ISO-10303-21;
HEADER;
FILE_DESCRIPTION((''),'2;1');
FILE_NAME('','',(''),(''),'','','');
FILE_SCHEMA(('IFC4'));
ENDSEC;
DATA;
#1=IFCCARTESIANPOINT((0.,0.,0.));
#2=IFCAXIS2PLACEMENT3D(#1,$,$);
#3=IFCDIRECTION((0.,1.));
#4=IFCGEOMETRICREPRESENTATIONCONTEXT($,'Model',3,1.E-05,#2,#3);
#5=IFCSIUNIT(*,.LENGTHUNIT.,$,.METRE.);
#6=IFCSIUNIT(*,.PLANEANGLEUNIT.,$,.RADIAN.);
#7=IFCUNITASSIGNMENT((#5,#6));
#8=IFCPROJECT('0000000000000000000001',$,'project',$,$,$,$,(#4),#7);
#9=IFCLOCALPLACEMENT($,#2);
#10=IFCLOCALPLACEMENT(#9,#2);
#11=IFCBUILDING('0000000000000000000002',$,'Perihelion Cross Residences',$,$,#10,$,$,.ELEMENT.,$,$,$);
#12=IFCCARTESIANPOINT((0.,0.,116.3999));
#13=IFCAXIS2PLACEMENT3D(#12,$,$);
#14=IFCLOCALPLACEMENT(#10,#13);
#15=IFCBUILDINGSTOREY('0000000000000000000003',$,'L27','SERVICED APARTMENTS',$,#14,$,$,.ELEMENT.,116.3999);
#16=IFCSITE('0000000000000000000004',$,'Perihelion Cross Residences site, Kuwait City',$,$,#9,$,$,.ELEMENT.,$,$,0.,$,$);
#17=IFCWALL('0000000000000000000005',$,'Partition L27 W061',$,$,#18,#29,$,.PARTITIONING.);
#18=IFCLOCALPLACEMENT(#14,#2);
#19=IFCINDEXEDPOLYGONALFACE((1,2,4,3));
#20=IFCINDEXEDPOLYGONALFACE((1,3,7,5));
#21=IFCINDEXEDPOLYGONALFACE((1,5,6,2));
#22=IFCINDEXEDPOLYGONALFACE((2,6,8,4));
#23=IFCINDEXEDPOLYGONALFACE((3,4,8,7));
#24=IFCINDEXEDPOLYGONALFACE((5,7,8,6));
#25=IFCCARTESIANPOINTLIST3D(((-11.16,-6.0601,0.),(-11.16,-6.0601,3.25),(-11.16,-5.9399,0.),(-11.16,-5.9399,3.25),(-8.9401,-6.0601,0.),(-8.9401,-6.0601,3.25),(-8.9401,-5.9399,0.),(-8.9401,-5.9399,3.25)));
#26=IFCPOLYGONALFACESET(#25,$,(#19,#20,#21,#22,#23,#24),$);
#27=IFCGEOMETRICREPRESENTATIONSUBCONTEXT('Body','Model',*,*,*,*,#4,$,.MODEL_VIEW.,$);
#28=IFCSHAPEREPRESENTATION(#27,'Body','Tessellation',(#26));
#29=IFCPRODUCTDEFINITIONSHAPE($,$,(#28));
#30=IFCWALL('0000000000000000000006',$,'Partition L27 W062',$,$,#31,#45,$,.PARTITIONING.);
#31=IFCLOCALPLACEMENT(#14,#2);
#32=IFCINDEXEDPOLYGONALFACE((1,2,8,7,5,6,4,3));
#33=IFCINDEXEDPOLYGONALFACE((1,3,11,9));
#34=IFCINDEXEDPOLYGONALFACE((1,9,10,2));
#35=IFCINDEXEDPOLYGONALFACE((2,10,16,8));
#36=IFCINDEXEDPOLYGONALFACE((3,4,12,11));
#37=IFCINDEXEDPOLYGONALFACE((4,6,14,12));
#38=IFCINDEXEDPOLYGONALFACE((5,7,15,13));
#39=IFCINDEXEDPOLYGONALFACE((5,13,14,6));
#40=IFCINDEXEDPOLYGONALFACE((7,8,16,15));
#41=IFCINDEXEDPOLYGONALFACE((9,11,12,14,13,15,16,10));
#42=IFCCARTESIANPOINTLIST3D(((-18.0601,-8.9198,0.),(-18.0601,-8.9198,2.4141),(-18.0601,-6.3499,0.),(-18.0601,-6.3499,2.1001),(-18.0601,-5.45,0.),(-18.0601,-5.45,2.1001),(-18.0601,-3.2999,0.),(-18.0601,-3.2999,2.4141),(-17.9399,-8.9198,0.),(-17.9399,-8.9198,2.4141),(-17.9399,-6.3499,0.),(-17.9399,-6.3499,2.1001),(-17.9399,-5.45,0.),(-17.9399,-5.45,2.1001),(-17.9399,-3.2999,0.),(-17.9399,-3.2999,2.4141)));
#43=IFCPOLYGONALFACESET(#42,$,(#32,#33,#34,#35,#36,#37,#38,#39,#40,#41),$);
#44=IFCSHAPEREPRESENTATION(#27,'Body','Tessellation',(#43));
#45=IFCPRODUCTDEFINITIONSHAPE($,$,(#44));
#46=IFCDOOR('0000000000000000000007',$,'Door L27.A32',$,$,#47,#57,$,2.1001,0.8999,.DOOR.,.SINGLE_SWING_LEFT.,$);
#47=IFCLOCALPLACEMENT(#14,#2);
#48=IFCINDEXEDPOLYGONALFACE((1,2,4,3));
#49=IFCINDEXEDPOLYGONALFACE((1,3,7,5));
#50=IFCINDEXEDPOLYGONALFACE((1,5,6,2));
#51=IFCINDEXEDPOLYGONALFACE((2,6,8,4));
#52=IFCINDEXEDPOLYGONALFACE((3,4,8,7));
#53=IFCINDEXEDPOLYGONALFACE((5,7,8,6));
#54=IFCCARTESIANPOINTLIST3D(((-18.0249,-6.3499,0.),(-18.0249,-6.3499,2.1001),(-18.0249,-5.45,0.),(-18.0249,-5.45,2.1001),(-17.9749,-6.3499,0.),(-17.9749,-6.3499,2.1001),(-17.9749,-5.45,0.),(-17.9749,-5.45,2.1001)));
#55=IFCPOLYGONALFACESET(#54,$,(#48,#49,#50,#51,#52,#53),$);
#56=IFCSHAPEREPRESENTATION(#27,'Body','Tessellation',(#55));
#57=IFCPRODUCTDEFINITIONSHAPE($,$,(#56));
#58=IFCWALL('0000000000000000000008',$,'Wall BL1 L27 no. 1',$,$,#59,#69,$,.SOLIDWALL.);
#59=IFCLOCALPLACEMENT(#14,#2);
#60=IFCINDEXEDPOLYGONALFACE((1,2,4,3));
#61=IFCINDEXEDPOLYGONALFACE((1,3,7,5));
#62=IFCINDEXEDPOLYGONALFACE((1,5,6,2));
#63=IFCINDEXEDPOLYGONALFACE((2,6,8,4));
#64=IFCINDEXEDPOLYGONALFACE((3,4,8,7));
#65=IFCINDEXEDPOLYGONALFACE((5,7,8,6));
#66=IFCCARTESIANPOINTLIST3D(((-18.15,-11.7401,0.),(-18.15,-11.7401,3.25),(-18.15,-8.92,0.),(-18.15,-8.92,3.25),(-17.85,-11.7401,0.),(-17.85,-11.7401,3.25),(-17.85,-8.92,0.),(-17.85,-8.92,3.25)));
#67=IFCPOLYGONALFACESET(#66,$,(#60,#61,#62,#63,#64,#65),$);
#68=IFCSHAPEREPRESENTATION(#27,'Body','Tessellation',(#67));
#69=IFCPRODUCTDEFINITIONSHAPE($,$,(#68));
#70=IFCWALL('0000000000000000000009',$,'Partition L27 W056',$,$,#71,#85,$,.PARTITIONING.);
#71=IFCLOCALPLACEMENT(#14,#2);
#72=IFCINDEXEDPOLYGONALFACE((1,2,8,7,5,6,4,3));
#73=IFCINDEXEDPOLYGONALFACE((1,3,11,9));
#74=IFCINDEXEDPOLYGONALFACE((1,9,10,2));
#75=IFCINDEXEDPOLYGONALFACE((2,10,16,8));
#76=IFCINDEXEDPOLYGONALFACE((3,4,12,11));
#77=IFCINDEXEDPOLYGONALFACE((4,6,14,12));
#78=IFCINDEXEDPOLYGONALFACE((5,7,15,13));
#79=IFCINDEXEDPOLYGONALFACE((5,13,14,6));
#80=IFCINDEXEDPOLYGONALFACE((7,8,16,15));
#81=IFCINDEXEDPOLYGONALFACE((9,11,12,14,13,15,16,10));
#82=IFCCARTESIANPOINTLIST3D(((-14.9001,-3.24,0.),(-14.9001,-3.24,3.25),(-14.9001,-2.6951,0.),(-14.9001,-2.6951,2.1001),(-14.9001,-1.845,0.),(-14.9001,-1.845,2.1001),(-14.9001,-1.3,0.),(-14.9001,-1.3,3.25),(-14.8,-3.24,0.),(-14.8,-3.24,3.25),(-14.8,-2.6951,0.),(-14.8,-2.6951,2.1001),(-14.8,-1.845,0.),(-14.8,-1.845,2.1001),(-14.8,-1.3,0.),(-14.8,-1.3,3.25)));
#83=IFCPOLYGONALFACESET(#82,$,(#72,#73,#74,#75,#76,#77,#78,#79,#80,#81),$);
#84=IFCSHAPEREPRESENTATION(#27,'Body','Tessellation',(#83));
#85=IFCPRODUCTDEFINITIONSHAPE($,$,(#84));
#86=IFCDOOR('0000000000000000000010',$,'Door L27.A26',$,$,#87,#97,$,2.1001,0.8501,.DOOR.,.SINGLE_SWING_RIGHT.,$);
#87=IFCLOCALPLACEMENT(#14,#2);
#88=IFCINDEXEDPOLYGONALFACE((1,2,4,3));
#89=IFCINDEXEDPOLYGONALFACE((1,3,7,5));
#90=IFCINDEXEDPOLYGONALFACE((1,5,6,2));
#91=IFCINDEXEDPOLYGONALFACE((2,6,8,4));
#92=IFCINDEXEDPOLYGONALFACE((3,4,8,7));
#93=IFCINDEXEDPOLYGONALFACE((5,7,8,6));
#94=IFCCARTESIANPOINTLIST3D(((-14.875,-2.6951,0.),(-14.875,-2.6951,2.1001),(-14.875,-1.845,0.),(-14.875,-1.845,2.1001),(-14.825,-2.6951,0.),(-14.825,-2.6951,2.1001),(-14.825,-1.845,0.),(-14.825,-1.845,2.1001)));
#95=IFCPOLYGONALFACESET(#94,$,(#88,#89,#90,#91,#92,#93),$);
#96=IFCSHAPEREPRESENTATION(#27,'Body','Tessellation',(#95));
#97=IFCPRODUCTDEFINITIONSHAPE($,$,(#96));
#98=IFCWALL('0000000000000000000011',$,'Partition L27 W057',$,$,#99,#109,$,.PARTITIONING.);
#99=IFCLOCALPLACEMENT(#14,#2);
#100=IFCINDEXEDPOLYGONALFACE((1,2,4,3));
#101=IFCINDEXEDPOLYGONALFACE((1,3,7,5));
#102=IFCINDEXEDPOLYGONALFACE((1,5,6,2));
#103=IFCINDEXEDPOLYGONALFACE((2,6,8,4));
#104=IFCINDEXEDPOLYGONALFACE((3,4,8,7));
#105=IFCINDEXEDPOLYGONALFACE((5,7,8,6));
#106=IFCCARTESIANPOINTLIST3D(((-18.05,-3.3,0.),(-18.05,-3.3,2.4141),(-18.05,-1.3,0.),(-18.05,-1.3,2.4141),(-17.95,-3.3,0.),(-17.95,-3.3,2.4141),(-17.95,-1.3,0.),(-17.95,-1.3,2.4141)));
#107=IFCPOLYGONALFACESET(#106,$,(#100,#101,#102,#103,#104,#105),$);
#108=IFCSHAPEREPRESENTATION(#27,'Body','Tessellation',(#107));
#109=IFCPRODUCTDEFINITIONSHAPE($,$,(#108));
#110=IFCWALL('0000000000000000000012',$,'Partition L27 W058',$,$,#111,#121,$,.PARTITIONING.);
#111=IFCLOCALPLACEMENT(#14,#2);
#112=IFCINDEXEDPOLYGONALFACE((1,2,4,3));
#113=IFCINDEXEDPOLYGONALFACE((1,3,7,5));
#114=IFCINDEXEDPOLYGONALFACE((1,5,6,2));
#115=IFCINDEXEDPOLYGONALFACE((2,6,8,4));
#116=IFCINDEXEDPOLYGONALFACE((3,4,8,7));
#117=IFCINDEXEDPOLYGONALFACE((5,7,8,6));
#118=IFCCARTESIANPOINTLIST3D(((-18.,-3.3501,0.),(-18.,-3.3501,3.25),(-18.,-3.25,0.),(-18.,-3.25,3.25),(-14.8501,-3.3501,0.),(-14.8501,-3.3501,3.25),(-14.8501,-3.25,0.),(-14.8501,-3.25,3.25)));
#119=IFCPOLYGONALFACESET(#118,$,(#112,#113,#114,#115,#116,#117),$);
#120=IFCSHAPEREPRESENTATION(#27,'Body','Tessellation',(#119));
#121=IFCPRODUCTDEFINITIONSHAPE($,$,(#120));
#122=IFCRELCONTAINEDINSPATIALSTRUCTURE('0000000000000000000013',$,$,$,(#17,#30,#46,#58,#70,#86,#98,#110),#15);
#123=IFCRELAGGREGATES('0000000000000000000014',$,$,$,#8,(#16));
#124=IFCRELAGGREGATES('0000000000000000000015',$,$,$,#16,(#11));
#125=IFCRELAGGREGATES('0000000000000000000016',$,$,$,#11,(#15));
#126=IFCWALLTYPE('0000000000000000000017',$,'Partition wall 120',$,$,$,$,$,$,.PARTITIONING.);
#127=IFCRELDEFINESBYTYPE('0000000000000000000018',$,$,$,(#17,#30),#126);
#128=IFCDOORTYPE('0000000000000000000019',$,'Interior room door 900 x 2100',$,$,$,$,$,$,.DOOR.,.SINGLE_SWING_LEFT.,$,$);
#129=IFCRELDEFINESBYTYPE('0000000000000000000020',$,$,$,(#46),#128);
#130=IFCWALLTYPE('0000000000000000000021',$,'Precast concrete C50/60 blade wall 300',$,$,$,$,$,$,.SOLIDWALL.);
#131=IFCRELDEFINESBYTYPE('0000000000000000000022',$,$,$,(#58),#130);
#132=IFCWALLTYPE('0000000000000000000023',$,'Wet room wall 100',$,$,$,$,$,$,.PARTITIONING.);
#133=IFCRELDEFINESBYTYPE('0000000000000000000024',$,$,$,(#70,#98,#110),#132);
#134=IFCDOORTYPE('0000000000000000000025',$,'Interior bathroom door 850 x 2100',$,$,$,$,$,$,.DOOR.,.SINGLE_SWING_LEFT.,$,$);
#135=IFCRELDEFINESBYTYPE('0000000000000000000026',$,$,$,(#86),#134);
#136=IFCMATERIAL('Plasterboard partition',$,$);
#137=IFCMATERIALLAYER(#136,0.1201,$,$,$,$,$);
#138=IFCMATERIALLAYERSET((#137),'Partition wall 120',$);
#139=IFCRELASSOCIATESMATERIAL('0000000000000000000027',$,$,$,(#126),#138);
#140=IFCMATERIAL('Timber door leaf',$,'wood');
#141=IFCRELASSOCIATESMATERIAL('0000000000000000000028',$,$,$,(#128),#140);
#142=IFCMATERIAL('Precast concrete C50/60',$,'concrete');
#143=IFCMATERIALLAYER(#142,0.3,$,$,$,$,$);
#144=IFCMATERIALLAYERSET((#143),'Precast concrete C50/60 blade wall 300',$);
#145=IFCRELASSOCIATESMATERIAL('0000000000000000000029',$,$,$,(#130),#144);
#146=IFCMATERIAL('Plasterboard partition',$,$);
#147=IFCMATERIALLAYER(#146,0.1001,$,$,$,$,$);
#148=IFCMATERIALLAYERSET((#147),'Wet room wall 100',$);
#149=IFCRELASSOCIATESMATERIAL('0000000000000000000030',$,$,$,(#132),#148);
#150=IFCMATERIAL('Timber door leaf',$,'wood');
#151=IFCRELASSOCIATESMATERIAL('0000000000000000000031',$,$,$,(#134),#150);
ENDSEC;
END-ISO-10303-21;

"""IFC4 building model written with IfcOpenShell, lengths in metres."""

from ifc_helpers import new_model, si_unit, direction, frame, frame_2d, origin, place, context, subcontext, project, spatial, rectangle, extrude, material, layer, layer_set, type_object, element, fill, save


model = new_model("IFC4")

# Units and contexts
model_context = context("Model", 3, precision=1e-05, world=origin(), true_north=direction((0.0, 1.0)))
body_context = subcontext(model_context, "Body", "Model", "MODEL_VIEW")
ifc_project = project(units=[si_unit("LENGTHUNIT", "METRE"), si_unit("PLANEANGLEUNIT", "RADIAN")], contexts=[model_context])

# Site, building, storey
site_placement = place(None, origin())
site = spatial("IfcSite", under=ifc_project, at=site_placement, Name="Perihelion Cross Residences site, Kuwait City", CompositionType="ELEMENT", RefElevation=0.0)
building_placement = place(site_placement, origin())
building = spatial("IfcBuilding", under=site, at=building_placement, Name="Perihelion Cross Residences", CompositionType="ELEMENT")
storey_placement = place(building_placement, frame((0.0, 0.0, 116.3999)))
storey = spatial("IfcBuildingStorey", under=building, at=storey_placement, Name="L27", Description="SERVICED APARTMENTS", CompositionType="ELEMENT", Elevation=116.3999)

# Shared definitions
ifc_material_1 = material(Name="Plasterboard partition")
ifc_layer_1 = layer(ifc_material_1, 0.1201)
ifc_layer_set_1 = layer_set([ifc_layer_1], Name="Partition wall 120")
wall_type_1 = type_object("IfcWallType", Name="Partition wall 120", PredefinedType="PARTITIONING", material=ifc_layer_set_1)
ifc_material_2 = material(Name="Timber door leaf", Category="wood")
door_type_1 = type_object("IfcDoorType", Name="Interior room door 900 x 2100", OperationType="SINGLE_SWING_LEFT", PredefinedType="DOOR", material=ifc_material_2)

# Wall
wall_1_placement = place(storey_placement, frame((-11.1599, -6.0, 0.0), z_axis=(0.0, 0.0, 1.0), x_axis=(1.0, 0.0, 0.0)))
element("IfcWall", 1, at=wall_1_placement, inside=storey, type_object=wall_type_1, Name="Partition L27 W061", PredefinedType="PARTITIONING", context=body_context, shape_type="SweptSolid", body=[
    extrude(rectangle(XDim=2.22, YDim=0.1201, at=frame_2d((1.1099, 0.0))), origin(), (0.0, 0.0, 1.0), 3.25),
])

# Wall, opening, door
wall_2_placement = place(storey_placement, frame((-18.0, -8.9199, 0.0), z_axis=(0.0, 0.0, 1.0), x_axis=(0.0, 1.0, 0.0)))
wall_2 = element("IfcWall", 2, at=wall_2_placement, inside=storey, type_object=wall_type_1, Name="Partition L27 W062", PredefinedType="PARTITIONING", context=body_context, shape_type="SweptSolid", body=[
    extrude(rectangle(XDim=5.6199, YDim=0.1201, at=frame_2d((2.8101, 0.0))), origin(), (0.0, 0.0, 1.0), 2.4141),
])
opening_1_placement = place(wall_2_placement, frame((2.5701, 0.0, 0.0)))
opening_1 = element("IfcOpeningElement", 3, at=opening_1_placement, cuts=wall_2, PredefinedType="OPENING", context=body_context, shape_type="SweptSolid", body=[
    extrude(rectangle(XDim=0.8999, YDim=2.1001, at=frame_2d((0.45, 1.05))), frame((0.0, 0.0701, 0.0), z_axis=(0.0, -1.0, 0.0), x_axis=(1.0, 0.0, 0.0)), (0.0, 0.0, 1.0), 0.1401),
])
door_1_placement = place(opening_1_placement, origin())
door_1 = element("IfcDoor", 4, at=door_1_placement, inside=storey, type_object=door_type_1, Name="Door L27.A32", OperationType="SINGLE_SWING_LEFT", OverallHeight=2.1001, OverallWidth=0.8999, PredefinedType="DOOR", context=body_context, shape_type="SweptSolid", body=[
    extrude(rectangle(XDim=0.8999, YDim=2.1001, at=frame_2d((0.45, 1.05))), frame((0.0, 0.0249, 0.0), z_axis=(0.0, -1.0, 0.0), x_axis=(1.0, 0.0, 0.0)), (0.0, 0.0, 1.0), 0.05),
])
fill(opening_1, door_1)

# Wall
ifc_material_3 = material(Name="Precast concrete C50/60", Category="concrete")
ifc_layer_2 = layer(ifc_material_3, 0.3)
ifc_layer_set_2 = layer_set([ifc_layer_2], Name="Precast concrete C50/60 blade wall 300")
wall_type_2 = type_object("IfcWallType", Name="Precast concrete C50/60 blade wall 300", PredefinedType="SOLIDWALL", material=ifc_layer_set_2)
wall_3_placement = place(storey_placement, frame((-18.0, -8.9199, 0.0), z_axis=(0.0, 0.0, 1.0), x_axis=(0.0, -1.0, 0.0)))
element("IfcWall", 5, at=wall_3_placement, inside=storey, type_object=wall_type_2, Name="Wall BL1 L27 no. 1", PredefinedType="SOLIDWALL", context=body_context, shape_type="SweptSolid", body=[
    extrude(rectangle(XDim=2.8201, YDim=0.3, at=frame_2d((1.4102, 0.0))), origin(), (0.0, 0.0, 1.0), 3.25),
])

# Wall, opening, door
ifc_material_4 = material(Name="Plasterboard partition")
ifc_layer_3 = layer(ifc_material_4, 0.1001)
ifc_layer_set_3 = layer_set([ifc_layer_3], Name="Wet room wall 100")
wall_type_3 = type_object("IfcWallType", Name="Wet room wall 100", PredefinedType="PARTITIONING", material=ifc_layer_set_3)
wall_4_placement = place(storey_placement, frame((-14.8501, -3.24, 0.0), z_axis=(0.0, 0.0, 1.0), x_axis=(0.0, 1.0, 0.0)))
wall_4 = element("IfcWall", 6, at=wall_4_placement, inside=storey, type_object=wall_type_3, Name="Partition L27 W056", PredefinedType="PARTITIONING", context=body_context, shape_type="SweptSolid", body=[
    extrude(rectangle(XDim=1.9399, YDim=0.1001, at=frame_2d((0.97, 0.0))), origin(), (0.0, 0.0, 1.0), 3.25),
])
opening_2_placement = place(wall_4_placement, frame((0.5449, 0.0, 0.0)))
opening_2 = element("IfcOpeningElement", 7, at=opening_2_placement, cuts=wall_4, PredefinedType="OPENING", context=body_context, shape_type="SweptSolid", body=[
    extrude(rectangle(XDim=0.8501, YDim=2.1001, at=frame_2d((0.425, 1.05))), frame((0.0, 0.0601, 0.0), z_axis=(0.0, -1.0, 0.0), x_axis=(1.0, 0.0, 0.0)), (0.0, 0.0, 1.0), 0.1201),
])
ifc_material_5 = material(Name="Timber door leaf", Category="wood")
door_type_2 = type_object("IfcDoorType", Name="Interior bathroom door 850 x 2100", OperationType="SINGLE_SWING_LEFT", PredefinedType="DOOR", material=ifc_material_5)
door_2_placement = place(opening_2_placement, origin())
door_2 = element("IfcDoor", 8, at=door_2_placement, inside=storey, type_object=door_type_2, Name="Door L27.A26", OperationType="SINGLE_SWING_RIGHT", OverallHeight=2.1001, OverallWidth=0.8501, PredefinedType="DOOR", context=body_context, shape_type="SweptSolid", body=[
    extrude(rectangle(XDim=0.8501, YDim=2.1001, at=frame_2d((0.425, 1.05))), frame((0.0, 0.0249, 0.0), z_axis=(0.0, -1.0, 0.0), x_axis=(1.0, 0.0, 0.0)), (0.0, 0.0, 1.0), 0.05),
])
fill(opening_2, door_2)

# Walls
wall_5_placement = place(storey_placement, frame((-18.0, -3.3, 0.0), z_axis=(0.0, 0.0, 1.0), x_axis=(0.0, 1.0, 0.0)))
element("IfcWall", 9, at=wall_5_placement, inside=storey, type_object=wall_type_3, Name="Partition L27 W057", PredefinedType="PARTITIONING", context=body_context, shape_type="SweptSolid", body=[
    extrude(rectangle(XDim=2.0, YDim=0.1001, at=frame_2d((1.0, 0.0))), origin(), (0.0, 0.0, 1.0), 2.4141),
])
wall_6_placement = place(storey_placement, frame((-14.8501, -3.3, 0.0), z_axis=(0.0, 0.0, 1.0), x_axis=(-1.0, 0.0, 0.0)))
element("IfcWall", 10, at=wall_6_placement, inside=storey, type_object=wall_type_3, Name="Partition L27 W058", PredefinedType="PARTITIONING", context=body_context, shape_type="SweptSolid", body=[
    extrude(rectangle(XDim=3.1499, YDim=0.1001, at=frame_2d((1.575, 0.0))), origin(), (0.0, 0.0, 1.0), 3.25),
])

save(model, "model.ifc")
